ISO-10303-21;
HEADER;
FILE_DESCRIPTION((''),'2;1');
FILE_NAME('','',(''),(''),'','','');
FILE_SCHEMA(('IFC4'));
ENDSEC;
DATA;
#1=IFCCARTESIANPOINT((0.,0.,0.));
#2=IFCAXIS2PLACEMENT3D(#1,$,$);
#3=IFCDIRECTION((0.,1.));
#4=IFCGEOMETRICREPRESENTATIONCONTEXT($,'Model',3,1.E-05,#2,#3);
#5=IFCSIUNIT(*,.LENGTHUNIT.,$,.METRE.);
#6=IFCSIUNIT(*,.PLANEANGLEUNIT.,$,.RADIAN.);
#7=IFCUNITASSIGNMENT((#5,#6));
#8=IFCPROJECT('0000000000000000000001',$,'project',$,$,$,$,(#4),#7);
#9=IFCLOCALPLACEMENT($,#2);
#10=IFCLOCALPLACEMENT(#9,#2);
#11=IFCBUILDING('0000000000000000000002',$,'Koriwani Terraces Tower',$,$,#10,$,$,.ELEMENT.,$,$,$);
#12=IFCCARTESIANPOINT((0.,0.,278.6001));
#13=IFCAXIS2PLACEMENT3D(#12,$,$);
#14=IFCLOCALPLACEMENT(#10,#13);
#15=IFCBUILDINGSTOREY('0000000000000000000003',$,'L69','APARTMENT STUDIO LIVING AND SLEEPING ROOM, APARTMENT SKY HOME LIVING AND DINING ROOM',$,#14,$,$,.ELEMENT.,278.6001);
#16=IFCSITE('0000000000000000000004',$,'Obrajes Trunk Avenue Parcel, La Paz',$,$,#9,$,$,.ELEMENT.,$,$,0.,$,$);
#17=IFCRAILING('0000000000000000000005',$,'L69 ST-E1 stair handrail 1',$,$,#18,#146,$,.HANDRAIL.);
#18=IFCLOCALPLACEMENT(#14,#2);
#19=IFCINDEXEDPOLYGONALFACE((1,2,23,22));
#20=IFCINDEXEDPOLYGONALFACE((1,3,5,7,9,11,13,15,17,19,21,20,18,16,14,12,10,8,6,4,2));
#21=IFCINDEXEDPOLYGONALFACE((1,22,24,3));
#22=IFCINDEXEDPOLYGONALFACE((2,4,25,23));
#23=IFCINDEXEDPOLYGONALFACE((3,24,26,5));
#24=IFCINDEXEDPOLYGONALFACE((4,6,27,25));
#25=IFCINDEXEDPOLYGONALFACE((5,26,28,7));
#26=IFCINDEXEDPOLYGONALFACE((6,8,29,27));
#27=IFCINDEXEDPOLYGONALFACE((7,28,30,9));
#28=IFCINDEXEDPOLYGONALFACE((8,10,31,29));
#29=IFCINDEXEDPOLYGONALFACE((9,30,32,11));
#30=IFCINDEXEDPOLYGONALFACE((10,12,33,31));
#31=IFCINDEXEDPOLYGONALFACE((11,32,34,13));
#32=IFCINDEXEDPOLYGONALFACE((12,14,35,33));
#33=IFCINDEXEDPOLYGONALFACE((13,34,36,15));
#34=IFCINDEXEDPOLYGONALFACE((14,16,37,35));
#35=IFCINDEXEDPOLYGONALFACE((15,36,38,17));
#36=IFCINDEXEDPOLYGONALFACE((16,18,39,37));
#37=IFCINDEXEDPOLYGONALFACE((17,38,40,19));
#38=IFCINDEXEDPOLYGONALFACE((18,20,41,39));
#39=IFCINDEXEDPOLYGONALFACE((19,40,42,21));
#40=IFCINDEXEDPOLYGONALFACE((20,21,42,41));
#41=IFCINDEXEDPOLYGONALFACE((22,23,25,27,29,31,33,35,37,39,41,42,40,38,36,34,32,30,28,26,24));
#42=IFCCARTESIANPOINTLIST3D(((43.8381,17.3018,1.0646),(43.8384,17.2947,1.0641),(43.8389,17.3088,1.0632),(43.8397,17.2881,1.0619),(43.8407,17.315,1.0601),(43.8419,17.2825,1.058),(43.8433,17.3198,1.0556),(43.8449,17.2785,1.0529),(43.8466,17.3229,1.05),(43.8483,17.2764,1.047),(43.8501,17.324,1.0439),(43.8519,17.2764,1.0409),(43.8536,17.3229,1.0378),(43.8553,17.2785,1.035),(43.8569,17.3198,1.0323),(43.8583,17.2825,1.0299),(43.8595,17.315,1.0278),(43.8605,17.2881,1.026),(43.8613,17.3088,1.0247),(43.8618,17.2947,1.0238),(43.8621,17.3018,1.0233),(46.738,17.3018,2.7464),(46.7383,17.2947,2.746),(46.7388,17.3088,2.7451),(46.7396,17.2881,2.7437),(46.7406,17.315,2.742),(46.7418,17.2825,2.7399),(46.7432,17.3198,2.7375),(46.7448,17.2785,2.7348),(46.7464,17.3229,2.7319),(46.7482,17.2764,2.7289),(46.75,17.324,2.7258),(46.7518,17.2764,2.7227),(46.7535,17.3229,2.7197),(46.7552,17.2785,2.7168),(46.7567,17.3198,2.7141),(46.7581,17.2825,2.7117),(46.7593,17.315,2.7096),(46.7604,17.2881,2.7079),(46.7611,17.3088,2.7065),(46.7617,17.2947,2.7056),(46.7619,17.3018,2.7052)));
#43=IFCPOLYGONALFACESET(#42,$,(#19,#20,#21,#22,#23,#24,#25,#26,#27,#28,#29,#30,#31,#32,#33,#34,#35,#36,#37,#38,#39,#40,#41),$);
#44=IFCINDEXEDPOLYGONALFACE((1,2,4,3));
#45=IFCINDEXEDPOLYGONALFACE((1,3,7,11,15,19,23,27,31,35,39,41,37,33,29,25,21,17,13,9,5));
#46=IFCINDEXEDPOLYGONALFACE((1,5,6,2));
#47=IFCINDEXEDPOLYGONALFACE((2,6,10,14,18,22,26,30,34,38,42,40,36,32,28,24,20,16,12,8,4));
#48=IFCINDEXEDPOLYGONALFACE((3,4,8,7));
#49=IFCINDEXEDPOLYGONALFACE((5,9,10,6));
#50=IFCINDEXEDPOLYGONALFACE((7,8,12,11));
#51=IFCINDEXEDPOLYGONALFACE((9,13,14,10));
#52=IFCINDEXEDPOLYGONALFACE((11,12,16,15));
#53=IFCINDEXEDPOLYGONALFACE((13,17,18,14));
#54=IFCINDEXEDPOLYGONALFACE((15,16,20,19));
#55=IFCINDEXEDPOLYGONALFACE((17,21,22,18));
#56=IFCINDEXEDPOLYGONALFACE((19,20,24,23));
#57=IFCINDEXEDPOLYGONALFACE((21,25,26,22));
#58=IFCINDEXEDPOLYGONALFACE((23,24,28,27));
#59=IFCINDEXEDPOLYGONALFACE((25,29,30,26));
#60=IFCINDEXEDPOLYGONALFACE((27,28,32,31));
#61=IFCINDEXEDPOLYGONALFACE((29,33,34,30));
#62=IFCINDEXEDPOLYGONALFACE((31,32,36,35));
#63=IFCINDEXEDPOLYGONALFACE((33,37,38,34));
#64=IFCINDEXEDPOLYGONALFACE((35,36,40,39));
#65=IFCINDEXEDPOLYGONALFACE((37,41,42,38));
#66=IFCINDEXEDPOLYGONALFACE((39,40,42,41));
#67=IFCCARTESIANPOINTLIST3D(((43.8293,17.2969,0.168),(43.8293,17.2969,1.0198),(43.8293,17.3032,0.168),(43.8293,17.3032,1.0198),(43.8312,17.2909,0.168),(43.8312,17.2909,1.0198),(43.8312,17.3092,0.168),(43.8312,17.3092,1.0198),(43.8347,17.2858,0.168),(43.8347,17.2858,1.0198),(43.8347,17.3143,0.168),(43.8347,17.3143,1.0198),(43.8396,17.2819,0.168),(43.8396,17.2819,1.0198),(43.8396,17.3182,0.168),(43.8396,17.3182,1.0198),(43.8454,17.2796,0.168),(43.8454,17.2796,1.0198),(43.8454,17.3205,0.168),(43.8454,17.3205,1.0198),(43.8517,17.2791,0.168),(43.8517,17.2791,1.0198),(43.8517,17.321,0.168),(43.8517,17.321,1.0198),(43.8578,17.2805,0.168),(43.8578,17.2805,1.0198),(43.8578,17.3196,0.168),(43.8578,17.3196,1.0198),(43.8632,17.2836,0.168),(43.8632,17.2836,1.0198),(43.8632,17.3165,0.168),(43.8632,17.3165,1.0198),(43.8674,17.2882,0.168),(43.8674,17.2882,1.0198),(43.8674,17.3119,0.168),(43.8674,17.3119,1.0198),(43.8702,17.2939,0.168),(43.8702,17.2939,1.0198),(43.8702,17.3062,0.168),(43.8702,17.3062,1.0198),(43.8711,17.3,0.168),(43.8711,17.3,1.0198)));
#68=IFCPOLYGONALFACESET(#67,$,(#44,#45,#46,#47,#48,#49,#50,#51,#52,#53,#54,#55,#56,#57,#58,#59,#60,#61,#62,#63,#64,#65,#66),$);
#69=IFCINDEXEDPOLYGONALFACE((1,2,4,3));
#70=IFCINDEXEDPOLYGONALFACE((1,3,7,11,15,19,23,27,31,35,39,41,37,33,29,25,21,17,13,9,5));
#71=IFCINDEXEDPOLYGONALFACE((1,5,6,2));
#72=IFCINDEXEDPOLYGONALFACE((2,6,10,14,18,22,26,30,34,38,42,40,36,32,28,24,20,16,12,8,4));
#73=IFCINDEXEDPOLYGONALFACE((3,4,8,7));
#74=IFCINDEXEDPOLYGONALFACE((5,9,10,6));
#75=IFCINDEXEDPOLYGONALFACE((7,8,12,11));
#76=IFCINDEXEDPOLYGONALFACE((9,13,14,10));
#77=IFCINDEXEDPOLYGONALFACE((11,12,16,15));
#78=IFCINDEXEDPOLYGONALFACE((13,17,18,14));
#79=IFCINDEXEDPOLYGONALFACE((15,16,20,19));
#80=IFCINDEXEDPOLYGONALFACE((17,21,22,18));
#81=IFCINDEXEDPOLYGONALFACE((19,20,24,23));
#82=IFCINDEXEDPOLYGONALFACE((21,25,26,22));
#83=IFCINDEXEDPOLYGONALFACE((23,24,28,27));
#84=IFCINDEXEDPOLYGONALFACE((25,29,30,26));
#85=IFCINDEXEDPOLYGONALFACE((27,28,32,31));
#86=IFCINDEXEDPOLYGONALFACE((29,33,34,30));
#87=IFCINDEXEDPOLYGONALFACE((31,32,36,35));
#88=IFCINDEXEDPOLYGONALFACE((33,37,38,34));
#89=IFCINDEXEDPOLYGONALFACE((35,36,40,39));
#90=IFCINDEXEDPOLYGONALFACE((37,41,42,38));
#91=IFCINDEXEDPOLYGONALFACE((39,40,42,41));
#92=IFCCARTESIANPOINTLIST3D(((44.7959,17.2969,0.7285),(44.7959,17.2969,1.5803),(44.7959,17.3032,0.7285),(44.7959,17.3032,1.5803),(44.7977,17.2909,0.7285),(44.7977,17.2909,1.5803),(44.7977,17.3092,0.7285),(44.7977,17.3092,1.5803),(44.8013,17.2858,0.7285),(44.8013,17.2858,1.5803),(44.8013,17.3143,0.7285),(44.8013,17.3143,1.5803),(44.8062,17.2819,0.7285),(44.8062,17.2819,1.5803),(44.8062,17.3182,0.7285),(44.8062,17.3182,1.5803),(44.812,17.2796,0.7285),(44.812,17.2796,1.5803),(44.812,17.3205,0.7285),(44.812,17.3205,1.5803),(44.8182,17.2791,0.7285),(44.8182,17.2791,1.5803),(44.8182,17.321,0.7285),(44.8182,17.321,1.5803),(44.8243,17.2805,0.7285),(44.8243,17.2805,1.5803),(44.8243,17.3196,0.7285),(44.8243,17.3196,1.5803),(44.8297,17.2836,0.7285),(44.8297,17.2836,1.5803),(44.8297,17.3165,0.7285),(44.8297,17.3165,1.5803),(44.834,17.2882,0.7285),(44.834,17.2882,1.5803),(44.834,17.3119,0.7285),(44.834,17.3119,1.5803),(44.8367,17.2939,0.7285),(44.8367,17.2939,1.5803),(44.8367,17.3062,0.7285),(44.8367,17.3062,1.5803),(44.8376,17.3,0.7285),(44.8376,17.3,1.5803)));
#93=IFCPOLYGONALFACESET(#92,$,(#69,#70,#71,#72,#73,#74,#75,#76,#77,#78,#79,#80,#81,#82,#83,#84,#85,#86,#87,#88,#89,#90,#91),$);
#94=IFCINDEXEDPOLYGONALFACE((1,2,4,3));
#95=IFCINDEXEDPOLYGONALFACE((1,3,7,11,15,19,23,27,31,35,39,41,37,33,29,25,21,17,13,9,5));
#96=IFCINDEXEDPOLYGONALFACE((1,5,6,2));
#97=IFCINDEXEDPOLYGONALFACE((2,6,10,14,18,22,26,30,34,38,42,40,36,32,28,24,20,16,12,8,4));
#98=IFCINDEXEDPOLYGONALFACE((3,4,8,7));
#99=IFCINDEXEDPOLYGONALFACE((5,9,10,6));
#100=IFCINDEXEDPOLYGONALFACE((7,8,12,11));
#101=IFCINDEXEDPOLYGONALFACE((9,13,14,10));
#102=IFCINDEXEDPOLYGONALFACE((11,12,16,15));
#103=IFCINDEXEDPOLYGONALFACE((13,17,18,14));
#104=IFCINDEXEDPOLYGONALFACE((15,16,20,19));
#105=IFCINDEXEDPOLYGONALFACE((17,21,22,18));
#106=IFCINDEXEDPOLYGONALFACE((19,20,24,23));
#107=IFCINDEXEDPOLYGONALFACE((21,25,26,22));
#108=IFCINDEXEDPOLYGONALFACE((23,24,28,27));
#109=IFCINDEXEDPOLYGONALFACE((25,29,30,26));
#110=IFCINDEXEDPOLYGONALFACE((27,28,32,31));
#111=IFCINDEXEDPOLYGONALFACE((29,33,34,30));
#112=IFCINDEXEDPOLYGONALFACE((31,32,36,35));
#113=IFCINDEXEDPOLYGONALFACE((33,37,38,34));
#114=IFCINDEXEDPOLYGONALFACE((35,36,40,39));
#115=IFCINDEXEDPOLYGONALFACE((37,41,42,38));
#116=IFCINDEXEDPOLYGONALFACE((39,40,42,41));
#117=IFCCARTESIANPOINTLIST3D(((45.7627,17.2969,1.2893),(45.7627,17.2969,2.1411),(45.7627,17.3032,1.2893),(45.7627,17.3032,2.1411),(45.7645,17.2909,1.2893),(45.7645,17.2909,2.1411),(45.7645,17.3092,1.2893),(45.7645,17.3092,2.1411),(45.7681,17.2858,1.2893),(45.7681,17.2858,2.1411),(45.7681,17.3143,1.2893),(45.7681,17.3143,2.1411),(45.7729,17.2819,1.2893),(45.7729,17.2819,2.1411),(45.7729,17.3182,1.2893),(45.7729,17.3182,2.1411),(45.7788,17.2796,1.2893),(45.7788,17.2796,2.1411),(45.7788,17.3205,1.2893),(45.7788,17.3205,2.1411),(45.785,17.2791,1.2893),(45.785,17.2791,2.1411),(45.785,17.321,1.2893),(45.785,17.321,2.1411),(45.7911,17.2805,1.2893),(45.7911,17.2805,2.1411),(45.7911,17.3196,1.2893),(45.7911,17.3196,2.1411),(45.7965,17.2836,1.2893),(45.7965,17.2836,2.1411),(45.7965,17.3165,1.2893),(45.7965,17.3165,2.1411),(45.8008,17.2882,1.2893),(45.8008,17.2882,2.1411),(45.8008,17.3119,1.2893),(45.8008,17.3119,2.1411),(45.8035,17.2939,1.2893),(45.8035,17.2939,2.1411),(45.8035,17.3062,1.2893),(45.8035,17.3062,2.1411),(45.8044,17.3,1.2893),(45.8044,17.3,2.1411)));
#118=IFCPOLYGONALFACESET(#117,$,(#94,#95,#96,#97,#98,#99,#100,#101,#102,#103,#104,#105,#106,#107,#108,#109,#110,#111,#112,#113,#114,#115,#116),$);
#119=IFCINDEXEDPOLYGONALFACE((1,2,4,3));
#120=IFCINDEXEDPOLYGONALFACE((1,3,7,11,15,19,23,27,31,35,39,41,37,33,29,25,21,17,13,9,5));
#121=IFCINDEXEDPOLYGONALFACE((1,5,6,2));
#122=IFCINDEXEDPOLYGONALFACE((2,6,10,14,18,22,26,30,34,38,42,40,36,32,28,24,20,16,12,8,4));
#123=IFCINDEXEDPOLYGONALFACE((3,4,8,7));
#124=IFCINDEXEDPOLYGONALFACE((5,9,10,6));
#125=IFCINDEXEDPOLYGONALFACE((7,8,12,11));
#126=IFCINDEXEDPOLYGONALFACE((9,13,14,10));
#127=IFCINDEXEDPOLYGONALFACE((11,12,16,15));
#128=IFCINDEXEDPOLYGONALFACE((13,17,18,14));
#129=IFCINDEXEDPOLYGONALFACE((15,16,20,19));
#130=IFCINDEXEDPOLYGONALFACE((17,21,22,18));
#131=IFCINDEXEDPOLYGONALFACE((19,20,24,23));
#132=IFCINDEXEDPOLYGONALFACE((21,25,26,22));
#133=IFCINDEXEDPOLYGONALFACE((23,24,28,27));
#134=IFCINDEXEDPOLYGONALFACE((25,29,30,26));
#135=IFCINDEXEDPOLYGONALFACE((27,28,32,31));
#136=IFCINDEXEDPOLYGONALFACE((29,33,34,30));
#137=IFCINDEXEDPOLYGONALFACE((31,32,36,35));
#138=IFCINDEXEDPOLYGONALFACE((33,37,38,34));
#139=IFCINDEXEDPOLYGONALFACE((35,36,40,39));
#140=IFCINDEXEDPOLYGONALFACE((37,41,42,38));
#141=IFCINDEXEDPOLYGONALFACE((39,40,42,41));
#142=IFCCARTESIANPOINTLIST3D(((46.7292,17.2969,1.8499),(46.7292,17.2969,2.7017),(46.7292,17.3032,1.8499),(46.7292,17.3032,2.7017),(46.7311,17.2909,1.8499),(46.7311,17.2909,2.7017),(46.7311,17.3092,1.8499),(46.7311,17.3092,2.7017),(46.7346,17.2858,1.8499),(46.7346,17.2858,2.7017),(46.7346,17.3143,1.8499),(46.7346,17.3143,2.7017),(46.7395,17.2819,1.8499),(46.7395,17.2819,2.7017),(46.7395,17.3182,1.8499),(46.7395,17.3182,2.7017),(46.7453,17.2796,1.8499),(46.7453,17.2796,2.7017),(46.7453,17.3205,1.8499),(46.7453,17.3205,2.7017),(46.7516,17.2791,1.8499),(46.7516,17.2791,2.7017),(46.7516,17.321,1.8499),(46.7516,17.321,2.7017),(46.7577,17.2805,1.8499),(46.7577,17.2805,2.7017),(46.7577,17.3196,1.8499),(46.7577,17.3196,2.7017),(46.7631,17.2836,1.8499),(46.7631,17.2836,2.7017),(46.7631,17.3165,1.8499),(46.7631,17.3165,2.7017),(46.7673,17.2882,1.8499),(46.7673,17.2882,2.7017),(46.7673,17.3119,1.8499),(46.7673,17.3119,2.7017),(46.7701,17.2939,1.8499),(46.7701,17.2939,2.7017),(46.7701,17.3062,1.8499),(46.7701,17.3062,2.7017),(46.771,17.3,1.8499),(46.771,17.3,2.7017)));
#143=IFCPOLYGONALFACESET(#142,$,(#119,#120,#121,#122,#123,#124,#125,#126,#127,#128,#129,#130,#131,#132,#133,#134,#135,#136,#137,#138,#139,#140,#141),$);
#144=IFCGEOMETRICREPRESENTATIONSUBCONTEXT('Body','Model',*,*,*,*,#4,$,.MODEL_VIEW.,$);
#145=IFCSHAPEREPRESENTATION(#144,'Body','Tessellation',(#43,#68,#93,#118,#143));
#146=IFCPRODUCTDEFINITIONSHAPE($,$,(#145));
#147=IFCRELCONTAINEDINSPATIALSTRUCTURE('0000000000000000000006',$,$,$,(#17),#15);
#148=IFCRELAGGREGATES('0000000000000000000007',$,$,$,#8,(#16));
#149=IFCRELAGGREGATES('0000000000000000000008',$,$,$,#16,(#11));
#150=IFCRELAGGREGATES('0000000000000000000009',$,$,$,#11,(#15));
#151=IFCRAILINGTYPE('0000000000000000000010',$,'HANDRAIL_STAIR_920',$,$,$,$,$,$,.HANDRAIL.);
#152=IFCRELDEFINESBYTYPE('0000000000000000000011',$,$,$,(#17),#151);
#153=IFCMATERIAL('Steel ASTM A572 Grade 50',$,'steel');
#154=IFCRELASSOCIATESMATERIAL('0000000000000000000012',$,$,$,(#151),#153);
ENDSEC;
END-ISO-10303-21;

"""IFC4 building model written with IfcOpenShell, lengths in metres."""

from ifc_helpers import new_model, si_unit, direction, frame, origin, origin_2d, place, context, subcontext, project, spatial, circle, extrude, material, type_object, element, save


model = new_model("IFC4")

# Units and contexts
model_context = context("Model", 3, precision=1e-05, world=origin(), true_north=direction((0.0, 1.0)))
body_context = subcontext(model_context, "Body", "Model", "MODEL_VIEW")
ifc_project = project(units=[si_unit("LENGTHUNIT", "METRE"), si_unit("PLANEANGLEUNIT", "RADIAN")], contexts=[model_context])

# Site, building, storey
site_placement = place(None, origin())
site = spatial("IfcSite", under=ifc_project, at=site_placement, Name="Obrajes Trunk Avenue Parcel, La Paz", CompositionType="ELEMENT", RefElevation=0.0)
building_placement = place(site_placement, origin())
building = spatial("IfcBuilding", under=site, at=building_placement, Name="Koriwani Terraces Tower", CompositionType="ELEMENT")
storey_placement = place(building_placement, frame((0.0, 0.0, 278.6001)))
storey = spatial("IfcBuildingStorey", under=building, at=storey_placement, Name="L69", Description="APARTMENT STUDIO LIVING AND SLEEPING ROOM, APARTMENT SKY HOME LIVING AND DINING ROOM", CompositionType="ELEMENT", Elevation=278.6001)

# Shared definitions
ifc_material_1 = material(Name="Steel ASTM A572 Grade 50", Category="steel")

# Railing
railing_type_1 = type_object("IfcRailingType", Name="HANDRAIL_STAIR_920", PredefinedType="HANDRAIL", material=ifc_material_1)
railing_1_placement = place(storey_placement, frame((43.8501, 17.3, 0.168)))
element("IfcRailing", 1, at=railing_1_placement, inside=storey, type_object=railing_type_1, Name="L69 ST-E1 stair handrail 1", PredefinedType="HANDRAIL", context=body_context, shape_type="SweptSolid", body=[
    extrude(circle(Radius=0.0239, at=origin_2d()), frame((0.0, 0.0, 0.876), z_axis=(0.865039, 0.0, 0.501705), x_axis=(0.0, 1.0, 0.0)), (0.0, 0.0, 1.0), 3.3523),
    extrude(circle(Radius=0.021, at=origin_2d()), origin(), (0.0, 0.0, 1.0), 0.8518),
    extrude(circle(Radius=0.021, at=origin_2d()), frame((0.9666, 0.0, 0.5605)), (0.0, 0.0, 1.0), 0.8518),
    extrude(circle(Radius=0.021, at=origin_2d()), frame((1.9333, 0.0, 1.1213)), (0.0, 0.0, 1.0), 0.8518),
    extrude(circle(Radius=0.021, at=origin_2d()), frame((2.8999, 0.0, 1.6819)), (0.0, 0.0, 1.0), 0.8518),
])

save(model, "model.ifc")
